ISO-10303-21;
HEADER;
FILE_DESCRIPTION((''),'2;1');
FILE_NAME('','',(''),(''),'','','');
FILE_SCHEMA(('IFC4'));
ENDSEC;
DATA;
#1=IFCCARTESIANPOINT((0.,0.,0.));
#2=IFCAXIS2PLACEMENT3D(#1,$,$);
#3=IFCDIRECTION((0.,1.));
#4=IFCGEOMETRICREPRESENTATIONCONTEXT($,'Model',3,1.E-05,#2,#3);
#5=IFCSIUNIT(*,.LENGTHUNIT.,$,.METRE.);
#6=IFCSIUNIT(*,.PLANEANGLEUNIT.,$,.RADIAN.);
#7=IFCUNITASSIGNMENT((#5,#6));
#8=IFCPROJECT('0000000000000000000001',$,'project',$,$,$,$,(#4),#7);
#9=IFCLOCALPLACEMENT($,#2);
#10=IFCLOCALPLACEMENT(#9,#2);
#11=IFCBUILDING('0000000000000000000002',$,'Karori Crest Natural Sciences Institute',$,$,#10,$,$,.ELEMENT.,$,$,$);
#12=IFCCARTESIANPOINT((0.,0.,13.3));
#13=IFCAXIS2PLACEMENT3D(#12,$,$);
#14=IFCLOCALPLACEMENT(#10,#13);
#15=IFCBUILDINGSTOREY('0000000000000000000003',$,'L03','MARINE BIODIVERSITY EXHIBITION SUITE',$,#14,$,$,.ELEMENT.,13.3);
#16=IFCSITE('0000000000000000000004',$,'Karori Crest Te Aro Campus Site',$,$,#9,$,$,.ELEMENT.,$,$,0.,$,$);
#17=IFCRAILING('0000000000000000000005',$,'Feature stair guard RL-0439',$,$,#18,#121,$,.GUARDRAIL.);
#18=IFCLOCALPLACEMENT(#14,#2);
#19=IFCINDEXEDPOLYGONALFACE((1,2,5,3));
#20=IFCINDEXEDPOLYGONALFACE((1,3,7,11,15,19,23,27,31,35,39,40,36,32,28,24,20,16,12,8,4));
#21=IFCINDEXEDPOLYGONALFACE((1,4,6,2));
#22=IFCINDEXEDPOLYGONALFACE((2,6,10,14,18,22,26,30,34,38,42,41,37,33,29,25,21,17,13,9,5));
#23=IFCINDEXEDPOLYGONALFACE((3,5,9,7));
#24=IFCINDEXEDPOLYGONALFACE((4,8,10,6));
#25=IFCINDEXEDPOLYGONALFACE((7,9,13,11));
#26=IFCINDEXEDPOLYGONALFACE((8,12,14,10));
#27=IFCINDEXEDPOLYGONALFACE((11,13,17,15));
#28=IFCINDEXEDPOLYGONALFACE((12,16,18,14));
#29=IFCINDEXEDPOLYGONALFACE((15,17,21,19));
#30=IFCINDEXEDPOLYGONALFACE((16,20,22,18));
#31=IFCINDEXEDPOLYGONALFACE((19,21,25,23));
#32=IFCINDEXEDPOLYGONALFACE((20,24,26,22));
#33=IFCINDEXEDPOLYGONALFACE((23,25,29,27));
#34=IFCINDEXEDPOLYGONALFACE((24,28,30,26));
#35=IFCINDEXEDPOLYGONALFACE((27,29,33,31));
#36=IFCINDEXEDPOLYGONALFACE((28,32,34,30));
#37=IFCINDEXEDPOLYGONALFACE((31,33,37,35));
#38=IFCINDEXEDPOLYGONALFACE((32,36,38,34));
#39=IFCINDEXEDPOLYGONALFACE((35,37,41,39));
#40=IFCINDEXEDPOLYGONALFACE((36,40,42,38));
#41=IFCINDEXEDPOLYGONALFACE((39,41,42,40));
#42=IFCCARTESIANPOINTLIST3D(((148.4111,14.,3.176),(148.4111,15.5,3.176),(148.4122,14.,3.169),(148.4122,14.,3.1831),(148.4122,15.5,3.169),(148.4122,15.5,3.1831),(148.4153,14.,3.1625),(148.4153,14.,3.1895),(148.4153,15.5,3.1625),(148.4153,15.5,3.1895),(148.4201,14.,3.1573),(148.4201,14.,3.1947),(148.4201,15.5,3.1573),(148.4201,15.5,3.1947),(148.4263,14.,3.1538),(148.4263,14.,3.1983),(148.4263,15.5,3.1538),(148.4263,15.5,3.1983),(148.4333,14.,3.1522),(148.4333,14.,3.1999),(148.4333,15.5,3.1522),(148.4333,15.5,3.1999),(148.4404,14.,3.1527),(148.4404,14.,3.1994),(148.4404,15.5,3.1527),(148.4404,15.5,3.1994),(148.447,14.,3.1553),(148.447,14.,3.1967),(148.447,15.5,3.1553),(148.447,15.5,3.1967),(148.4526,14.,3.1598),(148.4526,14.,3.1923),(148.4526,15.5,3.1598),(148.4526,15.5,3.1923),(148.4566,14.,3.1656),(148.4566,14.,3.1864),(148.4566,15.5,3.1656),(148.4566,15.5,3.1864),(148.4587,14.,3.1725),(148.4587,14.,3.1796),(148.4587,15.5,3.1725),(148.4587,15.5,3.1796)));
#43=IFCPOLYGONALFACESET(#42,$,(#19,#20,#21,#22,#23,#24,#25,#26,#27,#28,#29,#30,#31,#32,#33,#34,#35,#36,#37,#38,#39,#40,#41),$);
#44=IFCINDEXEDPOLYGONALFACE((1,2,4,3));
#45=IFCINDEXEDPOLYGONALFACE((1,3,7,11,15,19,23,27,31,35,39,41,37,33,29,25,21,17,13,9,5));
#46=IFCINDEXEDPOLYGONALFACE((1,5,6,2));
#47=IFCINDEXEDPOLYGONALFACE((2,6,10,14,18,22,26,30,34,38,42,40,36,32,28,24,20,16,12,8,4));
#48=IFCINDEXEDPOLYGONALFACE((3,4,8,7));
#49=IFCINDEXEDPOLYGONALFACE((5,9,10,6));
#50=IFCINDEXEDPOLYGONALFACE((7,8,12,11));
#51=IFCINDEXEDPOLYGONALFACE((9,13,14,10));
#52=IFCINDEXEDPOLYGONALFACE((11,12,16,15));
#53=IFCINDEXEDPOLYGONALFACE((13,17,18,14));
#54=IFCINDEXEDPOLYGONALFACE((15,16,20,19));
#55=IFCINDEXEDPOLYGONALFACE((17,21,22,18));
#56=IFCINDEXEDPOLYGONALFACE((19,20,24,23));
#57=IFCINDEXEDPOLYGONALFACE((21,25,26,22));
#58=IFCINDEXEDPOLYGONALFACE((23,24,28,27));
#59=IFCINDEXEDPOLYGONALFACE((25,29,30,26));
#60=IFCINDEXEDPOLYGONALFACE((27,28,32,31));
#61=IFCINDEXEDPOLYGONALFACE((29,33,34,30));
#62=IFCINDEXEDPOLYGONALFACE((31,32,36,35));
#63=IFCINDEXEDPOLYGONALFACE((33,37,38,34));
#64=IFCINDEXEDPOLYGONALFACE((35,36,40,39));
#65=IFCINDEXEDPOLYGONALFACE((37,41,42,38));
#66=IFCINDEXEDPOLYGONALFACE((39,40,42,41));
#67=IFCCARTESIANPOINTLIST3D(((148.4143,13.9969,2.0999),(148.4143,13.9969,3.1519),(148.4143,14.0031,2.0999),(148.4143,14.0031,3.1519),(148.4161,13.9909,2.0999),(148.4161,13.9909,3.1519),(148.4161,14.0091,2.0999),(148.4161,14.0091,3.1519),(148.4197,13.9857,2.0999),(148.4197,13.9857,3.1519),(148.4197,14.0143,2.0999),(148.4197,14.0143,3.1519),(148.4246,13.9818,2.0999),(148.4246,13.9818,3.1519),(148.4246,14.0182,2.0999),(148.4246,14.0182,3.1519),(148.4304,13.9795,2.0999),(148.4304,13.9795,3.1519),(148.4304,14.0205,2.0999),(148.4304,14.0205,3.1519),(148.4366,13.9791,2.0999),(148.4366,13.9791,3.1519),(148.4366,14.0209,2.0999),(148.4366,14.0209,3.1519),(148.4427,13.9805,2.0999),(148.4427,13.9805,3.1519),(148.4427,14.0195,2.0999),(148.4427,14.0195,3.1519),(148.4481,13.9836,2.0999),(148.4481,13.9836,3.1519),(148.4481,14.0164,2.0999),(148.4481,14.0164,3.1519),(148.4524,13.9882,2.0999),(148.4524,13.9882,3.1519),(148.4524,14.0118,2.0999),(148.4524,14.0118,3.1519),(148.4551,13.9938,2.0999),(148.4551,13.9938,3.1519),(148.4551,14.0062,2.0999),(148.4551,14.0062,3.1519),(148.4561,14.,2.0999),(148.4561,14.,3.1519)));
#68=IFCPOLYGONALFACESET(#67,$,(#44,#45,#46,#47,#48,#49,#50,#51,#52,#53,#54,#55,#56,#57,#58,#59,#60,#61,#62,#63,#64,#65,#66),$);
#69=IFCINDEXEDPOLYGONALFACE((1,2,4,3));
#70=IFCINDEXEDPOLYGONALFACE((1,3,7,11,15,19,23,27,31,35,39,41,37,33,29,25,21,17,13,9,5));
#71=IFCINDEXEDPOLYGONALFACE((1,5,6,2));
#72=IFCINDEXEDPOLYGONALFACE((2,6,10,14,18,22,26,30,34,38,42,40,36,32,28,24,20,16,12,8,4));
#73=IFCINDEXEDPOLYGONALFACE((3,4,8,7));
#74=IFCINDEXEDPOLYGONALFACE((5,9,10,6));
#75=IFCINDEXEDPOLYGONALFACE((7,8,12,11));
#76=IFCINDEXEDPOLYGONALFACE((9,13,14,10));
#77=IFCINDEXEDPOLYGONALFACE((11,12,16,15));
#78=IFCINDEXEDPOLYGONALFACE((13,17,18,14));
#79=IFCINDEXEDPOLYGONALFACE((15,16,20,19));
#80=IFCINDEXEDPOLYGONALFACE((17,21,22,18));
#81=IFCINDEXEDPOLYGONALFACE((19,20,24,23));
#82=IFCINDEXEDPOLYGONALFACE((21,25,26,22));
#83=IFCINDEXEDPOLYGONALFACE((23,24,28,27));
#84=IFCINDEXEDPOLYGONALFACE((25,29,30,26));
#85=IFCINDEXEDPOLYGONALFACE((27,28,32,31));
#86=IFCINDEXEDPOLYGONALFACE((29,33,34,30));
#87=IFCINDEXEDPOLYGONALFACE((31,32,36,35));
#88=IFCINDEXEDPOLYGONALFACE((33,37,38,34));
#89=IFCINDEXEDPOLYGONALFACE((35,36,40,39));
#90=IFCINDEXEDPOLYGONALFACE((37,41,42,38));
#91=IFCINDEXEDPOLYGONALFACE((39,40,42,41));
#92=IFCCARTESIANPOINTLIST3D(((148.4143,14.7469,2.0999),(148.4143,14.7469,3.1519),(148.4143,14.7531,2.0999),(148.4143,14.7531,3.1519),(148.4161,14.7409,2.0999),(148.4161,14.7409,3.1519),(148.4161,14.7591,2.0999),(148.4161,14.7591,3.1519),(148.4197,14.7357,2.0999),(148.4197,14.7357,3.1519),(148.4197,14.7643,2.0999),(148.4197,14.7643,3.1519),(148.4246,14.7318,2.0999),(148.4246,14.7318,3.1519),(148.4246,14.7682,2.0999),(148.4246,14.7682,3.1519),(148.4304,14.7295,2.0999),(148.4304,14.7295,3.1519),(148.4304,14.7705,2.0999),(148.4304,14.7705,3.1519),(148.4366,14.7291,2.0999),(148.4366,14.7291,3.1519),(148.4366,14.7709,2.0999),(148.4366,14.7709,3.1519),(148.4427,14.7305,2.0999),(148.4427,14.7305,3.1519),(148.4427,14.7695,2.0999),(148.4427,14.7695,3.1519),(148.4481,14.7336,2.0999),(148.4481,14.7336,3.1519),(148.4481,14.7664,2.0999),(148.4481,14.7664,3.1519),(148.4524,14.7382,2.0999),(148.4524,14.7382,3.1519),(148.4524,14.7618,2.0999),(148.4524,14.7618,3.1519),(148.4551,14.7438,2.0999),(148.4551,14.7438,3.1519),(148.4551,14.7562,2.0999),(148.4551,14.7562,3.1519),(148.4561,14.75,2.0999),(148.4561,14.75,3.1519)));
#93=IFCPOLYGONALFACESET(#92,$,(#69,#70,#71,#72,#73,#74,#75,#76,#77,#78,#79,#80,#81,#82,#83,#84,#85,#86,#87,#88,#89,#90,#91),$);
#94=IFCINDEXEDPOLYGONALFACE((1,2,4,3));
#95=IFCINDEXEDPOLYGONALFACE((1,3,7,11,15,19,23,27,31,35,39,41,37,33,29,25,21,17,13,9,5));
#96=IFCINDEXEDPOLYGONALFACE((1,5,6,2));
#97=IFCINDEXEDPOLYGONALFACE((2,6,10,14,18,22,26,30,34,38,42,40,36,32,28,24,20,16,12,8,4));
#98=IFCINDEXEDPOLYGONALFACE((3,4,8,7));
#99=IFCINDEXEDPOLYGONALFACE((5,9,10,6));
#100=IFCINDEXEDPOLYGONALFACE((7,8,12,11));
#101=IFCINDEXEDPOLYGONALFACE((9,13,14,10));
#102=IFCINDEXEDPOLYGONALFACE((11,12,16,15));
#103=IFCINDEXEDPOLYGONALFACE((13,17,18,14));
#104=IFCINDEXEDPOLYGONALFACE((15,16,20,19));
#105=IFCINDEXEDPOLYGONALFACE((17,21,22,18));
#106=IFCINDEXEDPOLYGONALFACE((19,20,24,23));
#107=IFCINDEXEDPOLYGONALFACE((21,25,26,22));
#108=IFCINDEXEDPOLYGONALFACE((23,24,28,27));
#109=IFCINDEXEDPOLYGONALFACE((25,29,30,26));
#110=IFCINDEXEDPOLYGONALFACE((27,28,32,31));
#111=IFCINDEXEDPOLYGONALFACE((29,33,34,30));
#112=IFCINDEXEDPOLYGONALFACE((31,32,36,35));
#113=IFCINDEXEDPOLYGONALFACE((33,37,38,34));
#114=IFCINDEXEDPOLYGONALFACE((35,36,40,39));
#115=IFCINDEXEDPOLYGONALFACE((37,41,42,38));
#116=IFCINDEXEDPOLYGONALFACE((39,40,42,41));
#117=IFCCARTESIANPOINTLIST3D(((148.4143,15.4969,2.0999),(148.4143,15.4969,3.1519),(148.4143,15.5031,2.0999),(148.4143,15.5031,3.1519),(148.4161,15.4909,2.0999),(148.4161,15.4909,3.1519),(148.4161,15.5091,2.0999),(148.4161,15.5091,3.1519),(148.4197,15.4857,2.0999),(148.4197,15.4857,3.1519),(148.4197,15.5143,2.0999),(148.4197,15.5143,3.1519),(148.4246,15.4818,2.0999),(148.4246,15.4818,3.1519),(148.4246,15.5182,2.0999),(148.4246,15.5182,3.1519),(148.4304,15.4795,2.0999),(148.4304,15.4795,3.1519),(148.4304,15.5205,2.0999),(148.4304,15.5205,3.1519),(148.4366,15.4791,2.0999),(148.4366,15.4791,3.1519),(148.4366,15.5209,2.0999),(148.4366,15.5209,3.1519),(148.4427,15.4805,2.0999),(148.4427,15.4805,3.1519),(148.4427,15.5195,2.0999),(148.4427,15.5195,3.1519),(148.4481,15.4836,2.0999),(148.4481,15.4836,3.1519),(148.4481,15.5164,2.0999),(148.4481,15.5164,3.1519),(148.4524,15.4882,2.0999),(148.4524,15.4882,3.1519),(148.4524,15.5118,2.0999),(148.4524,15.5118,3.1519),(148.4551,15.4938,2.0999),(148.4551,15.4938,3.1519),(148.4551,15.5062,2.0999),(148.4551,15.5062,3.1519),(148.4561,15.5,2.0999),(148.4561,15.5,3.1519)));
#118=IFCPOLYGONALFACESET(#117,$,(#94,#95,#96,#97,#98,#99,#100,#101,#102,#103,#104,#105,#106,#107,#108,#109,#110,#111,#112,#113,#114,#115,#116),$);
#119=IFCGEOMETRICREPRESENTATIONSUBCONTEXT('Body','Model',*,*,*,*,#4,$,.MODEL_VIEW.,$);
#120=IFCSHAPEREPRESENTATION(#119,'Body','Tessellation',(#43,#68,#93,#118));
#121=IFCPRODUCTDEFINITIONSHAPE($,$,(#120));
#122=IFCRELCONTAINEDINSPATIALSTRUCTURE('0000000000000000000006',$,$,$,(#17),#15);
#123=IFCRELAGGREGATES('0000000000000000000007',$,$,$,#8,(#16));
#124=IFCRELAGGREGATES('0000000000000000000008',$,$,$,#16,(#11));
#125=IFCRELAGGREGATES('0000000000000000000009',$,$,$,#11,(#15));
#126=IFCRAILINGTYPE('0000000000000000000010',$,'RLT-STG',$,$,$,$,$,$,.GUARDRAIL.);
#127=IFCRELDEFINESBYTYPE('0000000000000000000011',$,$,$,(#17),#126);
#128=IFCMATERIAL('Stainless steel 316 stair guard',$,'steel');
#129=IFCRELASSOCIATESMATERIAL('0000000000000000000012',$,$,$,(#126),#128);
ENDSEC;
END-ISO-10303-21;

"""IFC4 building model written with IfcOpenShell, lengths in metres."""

from ifc_helpers import new_model, si_unit, direction, frame, origin, origin_2d, place, context, subcontext, project, spatial, circle, extrude, material, type_object, element, save


model = new_model("IFC4")

# Units and contexts
model_context = context("Model", 3, precision=1e-05, world=origin(), true_north=direction((0.0, 1.0)))
body_context = subcontext(model_context, "Body", "Model", "MODEL_VIEW")
ifc_project = project(units=[si_unit("LENGTHUNIT", "METRE"), si_unit("PLANEANGLEUNIT", "RADIAN")], contexts=[model_context])

# Site, building, storey
site_placement = place(None, origin())
site = spatial("IfcSite", under=ifc_project, at=site_placement, Name="Karori Crest Te Aro Campus Site", CompositionType="ELEMENT", RefElevation=0.0)
building_placement = place(site_placement, origin())
building = spatial("IfcBuilding", under=site, at=building_placement, Name="Karori Crest Natural Sciences Institute", CompositionType="ELEMENT")
storey_placement = place(building_placement, frame((0.0, 0.0, 13.3)))
storey = spatial("IfcBuildingStorey", under=building, at=storey_placement, Name="L03", Description="MARINE BIODIVERSITY EXHIBITION SUITE", CompositionType="ELEMENT", Elevation=13.3)

# Railing
ifc_material_1 = material(Name="Stainless steel 316 stair guard", Category="steel")
railing_type = type_object("IfcRailingType", Name="RLT-STG", PredefinedType="GUARDRAIL", material=ifc_material_1)
railing_1_placement = place(storey_placement, frame((148.4351, 14.0, 2.0999)))
element("IfcRailing", 1, at=railing_1_placement, inside=storey, type_object=railing_type, Name="Feature stair guard RL-0439", PredefinedType="GUARDRAIL", context=body_context, shape_type="SweptSolid", body=[
    extrude(circle(Radius=0.0239, at=origin_2d()), frame((0.0, 0.0, 1.0762), z_axis=(0.0, 1.0, 0.0), x_axis=(-1.0, 0.0, 0.0)), (0.0, 0.0, 1.0), 1.5),
    extrude(circle(Radius=0.021, at=origin_2d()), origin(), (0.0, 0.0, 1.0), 1.052),
    extrude(circle(Radius=0.021, at=origin_2d()), frame((0.0, 0.75, 0.0)), (0.0, 0.0, 1.0), 1.052),
    extrude(circle(Radius=0.021, at=origin_2d()), frame((0.0, 1.5, 0.0)), (0.0, 0.0, 1.0), 1.052),
])

save(model, "model.ifc")
